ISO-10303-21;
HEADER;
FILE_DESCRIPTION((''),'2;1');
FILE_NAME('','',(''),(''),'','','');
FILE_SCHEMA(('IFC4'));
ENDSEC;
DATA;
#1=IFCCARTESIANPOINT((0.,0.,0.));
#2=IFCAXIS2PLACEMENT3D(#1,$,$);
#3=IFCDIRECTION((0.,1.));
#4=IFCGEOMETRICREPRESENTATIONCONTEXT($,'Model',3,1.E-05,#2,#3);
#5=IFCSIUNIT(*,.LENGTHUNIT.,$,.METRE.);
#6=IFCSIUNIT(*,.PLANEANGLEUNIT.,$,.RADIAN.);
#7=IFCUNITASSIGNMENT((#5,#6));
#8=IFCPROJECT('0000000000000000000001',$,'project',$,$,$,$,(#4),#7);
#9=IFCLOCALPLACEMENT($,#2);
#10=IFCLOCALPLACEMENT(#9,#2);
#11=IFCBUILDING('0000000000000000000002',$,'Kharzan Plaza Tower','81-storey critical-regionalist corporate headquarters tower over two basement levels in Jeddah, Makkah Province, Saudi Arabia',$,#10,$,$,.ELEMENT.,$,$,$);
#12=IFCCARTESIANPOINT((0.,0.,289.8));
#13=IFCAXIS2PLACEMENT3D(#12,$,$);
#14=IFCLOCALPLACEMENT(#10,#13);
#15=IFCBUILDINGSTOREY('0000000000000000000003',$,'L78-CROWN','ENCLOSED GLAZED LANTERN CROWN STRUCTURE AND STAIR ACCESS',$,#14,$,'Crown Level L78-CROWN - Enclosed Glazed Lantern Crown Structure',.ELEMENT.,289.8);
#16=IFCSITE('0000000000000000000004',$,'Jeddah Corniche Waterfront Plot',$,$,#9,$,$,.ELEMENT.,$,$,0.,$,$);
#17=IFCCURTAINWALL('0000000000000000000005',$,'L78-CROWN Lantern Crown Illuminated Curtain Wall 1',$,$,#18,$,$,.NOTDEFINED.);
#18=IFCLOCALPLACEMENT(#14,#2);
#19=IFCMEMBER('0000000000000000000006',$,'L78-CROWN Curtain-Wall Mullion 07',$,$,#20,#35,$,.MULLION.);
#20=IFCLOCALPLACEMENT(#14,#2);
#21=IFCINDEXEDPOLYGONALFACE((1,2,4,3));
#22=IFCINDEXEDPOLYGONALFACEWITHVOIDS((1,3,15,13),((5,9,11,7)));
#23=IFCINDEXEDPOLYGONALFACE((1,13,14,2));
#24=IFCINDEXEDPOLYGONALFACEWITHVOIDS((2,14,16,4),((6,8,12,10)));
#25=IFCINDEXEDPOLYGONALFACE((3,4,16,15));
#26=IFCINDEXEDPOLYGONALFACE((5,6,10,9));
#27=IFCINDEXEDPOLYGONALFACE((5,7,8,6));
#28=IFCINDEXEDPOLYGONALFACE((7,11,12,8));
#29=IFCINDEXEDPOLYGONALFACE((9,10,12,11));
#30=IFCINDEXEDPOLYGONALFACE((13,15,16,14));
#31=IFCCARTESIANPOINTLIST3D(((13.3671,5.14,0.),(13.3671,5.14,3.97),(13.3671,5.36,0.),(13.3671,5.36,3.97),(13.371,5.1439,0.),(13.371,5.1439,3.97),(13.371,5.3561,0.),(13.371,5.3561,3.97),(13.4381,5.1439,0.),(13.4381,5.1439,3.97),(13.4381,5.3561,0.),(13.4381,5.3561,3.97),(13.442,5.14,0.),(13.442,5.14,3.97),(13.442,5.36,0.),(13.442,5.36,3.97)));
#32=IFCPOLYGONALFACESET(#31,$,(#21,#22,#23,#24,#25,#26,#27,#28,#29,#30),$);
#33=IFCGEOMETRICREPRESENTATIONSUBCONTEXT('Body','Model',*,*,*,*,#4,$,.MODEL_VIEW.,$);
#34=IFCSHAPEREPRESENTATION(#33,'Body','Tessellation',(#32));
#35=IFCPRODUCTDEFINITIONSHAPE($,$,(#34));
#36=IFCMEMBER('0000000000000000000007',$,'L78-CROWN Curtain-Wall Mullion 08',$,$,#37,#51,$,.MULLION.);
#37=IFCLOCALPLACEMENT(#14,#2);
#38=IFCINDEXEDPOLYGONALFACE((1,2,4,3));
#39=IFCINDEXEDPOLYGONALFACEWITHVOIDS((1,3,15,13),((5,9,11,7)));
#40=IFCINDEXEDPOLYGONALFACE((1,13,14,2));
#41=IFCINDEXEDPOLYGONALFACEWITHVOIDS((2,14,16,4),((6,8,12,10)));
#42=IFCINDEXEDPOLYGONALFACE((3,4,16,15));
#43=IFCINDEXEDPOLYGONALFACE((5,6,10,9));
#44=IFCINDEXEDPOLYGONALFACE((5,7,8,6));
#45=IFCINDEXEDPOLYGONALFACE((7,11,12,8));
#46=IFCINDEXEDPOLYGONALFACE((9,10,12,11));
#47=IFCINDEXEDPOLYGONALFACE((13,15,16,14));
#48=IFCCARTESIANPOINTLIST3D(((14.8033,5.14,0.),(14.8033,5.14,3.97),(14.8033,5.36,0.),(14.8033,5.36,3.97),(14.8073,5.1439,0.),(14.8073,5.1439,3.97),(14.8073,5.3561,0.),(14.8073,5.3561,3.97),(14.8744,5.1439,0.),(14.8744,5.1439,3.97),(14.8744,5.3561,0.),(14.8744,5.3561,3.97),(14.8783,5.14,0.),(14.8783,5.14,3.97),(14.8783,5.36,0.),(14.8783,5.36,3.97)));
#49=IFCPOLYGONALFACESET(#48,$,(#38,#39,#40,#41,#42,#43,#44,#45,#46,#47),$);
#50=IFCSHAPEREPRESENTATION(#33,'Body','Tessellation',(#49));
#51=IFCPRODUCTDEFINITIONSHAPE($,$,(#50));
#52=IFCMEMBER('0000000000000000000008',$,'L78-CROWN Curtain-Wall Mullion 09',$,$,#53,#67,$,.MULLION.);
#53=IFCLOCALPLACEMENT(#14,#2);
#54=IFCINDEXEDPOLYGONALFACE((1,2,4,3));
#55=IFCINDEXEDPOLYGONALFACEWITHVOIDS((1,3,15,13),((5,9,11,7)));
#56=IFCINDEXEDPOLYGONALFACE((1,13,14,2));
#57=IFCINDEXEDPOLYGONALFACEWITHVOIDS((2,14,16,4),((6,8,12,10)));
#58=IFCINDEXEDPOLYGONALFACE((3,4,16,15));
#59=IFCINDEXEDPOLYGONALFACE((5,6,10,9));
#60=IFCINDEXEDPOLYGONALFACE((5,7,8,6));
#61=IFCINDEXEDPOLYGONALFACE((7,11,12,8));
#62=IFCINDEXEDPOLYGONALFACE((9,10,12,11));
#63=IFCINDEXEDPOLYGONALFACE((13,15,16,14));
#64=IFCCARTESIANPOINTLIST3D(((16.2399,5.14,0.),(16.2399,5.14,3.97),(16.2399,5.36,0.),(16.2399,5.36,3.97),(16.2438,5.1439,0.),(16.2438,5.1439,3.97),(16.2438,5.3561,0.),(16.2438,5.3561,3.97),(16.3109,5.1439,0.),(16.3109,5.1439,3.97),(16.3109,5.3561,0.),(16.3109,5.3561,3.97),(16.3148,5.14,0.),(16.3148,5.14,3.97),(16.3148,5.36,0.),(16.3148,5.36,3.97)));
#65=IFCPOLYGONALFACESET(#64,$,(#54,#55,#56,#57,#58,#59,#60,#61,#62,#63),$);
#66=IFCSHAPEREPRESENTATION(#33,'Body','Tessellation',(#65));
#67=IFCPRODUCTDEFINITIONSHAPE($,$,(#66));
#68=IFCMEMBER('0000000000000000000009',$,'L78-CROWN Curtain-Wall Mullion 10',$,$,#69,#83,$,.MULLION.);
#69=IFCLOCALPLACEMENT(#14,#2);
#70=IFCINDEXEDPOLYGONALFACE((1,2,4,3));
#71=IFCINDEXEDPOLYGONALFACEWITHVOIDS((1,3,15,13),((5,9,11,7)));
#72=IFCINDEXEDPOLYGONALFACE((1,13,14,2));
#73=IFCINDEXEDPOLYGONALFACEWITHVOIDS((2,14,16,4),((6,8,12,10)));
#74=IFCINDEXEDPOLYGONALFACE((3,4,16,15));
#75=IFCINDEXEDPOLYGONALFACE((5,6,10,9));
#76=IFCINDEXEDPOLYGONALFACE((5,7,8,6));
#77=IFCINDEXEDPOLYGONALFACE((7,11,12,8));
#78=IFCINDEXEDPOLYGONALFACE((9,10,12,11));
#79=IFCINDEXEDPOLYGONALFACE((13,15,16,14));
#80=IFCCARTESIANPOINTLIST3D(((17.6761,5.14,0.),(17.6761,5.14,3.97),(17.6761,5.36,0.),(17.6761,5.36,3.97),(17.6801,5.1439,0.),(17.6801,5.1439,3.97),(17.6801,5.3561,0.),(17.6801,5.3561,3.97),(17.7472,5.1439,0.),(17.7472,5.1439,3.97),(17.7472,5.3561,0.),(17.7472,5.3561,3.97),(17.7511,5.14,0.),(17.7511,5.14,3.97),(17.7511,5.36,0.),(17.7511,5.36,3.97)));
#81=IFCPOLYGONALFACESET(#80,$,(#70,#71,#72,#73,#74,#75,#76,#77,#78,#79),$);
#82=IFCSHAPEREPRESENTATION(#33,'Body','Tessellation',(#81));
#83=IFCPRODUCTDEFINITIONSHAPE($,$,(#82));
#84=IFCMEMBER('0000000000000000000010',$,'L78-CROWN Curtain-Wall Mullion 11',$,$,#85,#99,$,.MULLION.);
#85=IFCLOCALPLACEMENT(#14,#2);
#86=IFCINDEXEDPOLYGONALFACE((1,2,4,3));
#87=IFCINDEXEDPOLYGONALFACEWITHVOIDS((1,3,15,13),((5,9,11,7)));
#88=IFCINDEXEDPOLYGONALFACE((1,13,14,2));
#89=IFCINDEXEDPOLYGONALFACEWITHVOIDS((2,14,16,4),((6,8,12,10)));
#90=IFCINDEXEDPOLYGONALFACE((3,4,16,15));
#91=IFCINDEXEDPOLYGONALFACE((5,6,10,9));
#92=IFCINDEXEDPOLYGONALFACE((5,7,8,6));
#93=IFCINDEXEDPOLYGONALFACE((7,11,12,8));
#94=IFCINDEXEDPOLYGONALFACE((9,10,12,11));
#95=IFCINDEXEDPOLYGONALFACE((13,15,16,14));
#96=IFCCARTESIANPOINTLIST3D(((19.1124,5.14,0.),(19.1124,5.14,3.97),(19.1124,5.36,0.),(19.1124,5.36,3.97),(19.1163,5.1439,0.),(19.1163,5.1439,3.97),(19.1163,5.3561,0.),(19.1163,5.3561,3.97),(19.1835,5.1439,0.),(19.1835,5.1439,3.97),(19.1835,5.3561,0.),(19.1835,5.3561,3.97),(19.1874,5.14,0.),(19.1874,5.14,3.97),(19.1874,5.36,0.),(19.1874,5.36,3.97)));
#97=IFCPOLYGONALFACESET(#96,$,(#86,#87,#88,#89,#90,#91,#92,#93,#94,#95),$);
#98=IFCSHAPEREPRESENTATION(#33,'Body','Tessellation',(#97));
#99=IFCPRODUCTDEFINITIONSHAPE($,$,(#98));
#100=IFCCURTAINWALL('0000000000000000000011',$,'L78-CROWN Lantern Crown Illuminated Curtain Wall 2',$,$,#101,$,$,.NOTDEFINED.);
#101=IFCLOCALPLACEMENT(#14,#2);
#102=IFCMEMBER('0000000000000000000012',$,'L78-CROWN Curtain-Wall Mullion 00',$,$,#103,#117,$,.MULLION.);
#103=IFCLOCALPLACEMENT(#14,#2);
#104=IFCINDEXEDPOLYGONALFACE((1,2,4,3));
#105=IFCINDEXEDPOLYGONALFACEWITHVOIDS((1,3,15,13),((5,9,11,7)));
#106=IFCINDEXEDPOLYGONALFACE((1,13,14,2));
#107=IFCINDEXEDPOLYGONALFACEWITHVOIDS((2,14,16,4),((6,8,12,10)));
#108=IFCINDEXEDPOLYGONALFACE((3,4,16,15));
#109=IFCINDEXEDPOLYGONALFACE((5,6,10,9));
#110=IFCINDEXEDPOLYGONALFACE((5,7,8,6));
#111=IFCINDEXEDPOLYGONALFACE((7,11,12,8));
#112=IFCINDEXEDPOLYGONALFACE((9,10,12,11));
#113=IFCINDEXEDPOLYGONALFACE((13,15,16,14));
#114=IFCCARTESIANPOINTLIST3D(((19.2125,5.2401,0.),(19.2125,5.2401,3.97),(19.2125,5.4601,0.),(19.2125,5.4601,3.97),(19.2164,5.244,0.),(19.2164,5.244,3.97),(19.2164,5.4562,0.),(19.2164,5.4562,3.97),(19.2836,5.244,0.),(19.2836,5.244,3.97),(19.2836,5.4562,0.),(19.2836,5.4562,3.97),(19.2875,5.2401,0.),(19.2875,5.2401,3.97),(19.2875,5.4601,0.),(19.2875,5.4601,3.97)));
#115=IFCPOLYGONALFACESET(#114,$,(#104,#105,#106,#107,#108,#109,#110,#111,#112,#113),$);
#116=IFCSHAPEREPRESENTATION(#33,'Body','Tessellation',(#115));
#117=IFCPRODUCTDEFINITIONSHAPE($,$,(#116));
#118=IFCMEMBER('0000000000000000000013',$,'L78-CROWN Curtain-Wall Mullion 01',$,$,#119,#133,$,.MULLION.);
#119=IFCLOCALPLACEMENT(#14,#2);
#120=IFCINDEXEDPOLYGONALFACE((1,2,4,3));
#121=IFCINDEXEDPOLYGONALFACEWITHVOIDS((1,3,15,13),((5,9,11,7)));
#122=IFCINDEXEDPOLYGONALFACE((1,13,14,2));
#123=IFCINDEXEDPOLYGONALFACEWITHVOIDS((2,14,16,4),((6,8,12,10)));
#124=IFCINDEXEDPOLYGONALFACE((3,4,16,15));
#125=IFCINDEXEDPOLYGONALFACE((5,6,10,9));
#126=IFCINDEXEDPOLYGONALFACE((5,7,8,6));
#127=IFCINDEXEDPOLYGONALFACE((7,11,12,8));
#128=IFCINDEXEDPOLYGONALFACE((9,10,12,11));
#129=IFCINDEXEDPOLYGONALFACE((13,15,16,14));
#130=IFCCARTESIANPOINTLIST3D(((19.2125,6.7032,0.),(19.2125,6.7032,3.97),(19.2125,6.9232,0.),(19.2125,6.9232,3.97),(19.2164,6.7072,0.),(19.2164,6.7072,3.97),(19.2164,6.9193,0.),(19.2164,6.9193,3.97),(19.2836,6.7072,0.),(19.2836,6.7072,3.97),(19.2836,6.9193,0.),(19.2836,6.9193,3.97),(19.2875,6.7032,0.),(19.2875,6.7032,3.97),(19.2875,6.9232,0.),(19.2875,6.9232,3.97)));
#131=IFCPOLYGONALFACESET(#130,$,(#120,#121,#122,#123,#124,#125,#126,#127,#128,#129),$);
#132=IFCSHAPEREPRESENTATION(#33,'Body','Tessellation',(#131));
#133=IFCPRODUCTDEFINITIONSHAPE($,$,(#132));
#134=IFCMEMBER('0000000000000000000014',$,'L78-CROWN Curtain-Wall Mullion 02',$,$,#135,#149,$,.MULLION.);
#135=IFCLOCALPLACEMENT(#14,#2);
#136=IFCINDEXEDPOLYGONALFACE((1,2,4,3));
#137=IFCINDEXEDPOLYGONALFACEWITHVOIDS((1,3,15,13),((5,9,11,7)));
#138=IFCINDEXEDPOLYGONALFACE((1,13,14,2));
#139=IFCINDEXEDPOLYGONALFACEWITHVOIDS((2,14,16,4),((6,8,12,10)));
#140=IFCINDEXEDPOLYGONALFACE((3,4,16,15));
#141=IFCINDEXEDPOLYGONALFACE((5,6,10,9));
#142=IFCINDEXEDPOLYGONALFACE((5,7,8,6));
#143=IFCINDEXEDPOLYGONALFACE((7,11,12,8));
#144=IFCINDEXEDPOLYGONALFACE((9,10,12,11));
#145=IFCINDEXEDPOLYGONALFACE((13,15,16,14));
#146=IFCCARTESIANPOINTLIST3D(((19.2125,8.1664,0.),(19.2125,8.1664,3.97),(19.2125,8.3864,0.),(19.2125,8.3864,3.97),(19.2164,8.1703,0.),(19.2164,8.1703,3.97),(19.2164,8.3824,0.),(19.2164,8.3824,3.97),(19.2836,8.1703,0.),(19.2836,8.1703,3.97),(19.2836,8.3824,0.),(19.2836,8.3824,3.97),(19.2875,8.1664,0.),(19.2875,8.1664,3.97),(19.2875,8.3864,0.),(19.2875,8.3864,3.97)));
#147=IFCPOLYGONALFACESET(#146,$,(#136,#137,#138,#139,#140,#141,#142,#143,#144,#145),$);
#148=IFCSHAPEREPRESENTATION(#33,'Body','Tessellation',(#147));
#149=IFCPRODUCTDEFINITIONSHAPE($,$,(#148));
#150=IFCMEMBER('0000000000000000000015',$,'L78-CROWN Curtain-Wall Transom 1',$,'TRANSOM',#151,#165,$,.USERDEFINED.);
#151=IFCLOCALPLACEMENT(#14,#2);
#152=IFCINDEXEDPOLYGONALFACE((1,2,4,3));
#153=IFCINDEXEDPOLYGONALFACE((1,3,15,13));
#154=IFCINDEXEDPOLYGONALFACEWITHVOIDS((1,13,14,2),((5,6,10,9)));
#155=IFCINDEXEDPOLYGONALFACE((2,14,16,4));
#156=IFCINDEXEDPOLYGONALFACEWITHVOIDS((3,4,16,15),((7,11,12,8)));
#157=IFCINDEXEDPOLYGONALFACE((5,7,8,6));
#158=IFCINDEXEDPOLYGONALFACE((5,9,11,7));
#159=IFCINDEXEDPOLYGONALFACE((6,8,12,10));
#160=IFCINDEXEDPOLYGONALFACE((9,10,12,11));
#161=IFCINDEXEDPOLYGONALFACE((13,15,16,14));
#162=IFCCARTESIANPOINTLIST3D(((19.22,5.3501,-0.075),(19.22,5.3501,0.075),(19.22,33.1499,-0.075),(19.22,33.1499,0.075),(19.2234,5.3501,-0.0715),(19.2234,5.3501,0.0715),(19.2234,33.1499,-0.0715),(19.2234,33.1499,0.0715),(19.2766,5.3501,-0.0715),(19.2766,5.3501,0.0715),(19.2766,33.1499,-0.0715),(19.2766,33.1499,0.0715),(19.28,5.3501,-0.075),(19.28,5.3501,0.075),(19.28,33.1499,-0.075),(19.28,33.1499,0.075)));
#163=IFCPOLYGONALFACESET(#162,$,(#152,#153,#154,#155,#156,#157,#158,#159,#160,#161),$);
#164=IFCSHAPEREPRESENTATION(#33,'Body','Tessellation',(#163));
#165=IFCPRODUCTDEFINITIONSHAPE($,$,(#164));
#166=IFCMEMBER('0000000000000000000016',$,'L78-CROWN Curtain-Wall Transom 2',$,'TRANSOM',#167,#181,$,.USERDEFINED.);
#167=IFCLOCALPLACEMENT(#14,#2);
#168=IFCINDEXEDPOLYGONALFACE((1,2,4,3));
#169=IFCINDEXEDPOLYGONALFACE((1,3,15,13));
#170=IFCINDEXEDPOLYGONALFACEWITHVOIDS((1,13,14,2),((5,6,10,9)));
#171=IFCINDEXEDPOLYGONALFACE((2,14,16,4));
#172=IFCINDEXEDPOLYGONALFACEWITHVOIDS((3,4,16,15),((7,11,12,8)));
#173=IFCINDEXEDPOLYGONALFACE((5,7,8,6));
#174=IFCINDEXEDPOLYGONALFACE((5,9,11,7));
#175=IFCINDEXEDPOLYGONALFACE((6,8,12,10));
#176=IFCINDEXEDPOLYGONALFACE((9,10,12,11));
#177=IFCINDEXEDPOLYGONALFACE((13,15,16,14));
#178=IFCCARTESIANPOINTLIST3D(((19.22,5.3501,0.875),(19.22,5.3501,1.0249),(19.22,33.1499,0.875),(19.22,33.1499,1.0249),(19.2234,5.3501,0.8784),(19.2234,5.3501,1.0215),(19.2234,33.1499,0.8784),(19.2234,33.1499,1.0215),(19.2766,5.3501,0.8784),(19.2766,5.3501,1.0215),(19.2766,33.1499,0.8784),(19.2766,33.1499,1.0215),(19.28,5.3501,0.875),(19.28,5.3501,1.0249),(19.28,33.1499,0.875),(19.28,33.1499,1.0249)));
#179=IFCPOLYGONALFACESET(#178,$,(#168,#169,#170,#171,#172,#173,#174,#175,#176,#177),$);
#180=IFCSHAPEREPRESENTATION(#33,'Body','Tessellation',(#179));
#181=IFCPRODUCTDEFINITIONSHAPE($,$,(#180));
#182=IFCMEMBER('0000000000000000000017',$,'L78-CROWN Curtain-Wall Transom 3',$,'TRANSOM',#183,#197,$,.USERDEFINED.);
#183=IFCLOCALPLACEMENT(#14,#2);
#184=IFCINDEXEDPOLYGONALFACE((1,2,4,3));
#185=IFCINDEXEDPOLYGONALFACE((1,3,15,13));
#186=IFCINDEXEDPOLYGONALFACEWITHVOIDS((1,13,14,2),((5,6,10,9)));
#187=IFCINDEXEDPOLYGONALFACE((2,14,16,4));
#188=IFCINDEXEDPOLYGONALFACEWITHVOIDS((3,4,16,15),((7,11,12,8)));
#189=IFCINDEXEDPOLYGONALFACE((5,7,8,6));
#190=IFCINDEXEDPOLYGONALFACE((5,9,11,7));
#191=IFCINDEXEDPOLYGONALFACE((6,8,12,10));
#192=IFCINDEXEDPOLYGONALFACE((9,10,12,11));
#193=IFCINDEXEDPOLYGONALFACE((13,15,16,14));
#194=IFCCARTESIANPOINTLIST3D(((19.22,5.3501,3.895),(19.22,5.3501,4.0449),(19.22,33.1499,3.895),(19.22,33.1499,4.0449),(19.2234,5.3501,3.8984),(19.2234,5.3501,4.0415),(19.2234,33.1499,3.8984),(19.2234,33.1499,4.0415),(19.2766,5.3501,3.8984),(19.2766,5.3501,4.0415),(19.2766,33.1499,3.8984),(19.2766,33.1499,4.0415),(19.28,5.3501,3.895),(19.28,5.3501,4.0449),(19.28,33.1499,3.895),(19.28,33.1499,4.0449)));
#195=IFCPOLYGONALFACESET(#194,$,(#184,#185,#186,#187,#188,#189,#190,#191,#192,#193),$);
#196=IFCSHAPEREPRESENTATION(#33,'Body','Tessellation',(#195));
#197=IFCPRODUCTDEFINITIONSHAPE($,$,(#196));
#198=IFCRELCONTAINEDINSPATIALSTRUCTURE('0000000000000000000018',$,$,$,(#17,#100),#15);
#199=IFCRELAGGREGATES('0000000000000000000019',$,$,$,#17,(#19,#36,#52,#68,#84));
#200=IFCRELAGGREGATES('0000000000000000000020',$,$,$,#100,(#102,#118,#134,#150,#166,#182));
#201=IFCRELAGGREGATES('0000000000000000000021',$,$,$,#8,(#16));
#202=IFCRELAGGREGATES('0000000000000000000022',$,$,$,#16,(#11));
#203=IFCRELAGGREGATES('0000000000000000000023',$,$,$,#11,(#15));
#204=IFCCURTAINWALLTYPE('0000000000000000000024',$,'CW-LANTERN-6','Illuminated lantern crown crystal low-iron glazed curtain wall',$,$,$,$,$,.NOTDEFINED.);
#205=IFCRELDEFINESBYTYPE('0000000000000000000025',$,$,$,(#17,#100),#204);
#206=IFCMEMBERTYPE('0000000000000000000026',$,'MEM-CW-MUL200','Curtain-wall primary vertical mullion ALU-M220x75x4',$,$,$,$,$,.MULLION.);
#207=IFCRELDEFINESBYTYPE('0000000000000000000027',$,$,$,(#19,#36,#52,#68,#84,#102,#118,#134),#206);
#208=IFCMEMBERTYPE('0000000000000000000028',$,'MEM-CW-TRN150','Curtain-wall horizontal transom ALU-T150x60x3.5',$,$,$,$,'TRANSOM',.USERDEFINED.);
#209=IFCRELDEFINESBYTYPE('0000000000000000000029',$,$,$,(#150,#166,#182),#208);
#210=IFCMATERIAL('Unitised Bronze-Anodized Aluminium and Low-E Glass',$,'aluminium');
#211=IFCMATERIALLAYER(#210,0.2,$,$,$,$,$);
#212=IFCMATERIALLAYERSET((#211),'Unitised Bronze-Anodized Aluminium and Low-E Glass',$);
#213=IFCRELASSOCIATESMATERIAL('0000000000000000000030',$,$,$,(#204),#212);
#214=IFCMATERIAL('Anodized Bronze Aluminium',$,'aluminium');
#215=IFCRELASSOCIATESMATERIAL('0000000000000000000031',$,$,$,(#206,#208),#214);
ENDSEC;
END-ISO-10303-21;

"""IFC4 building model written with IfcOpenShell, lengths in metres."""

from ifc_helpers import new_model, si_unit, direction, frame, origin, origin_2d, place, context, subcontext, project, spatial, hollow_rectangle, extrude, source, transform, mapped, material, layer, layer_set, material_profile, profile_set, type_object, element, aggregate, save


model = new_model("IFC4")

# Units and contexts
model_context = context("Model", 3, precision=1e-05, world=origin(), true_north=direction((0.0, 1.0)))
body_context = subcontext(model_context, "Body", "Model", "MODEL_VIEW")
ifc_project = project(units=[si_unit("LENGTHUNIT", "METRE"), si_unit("PLANEANGLEUNIT", "RADIAN")], contexts=[model_context])

# Site, building, storey
site_placement = place(None, origin())
site = spatial("IfcSite", under=ifc_project, at=site_placement, Name="Jeddah Corniche Waterfront Plot", CompositionType="ELEMENT", RefElevation=0.0)
building_placement = place(site_placement, origin())
building = spatial("IfcBuilding", under=site, at=building_placement, Name="Kharzan Plaza Tower", Description="81-storey critical-regionalist corporate headquarters tower over two basement levels in Jeddah, Makkah Province, Saudi Arabia", CompositionType="ELEMENT")
storey_placement = place(building_placement, frame((0.0, 0.0, 289.8)))
storey = spatial("IfcBuildingStorey", under=building, at=storey_placement, Name="L78-CROWN", Description="ENCLOSED GLAZED LANTERN CROWN STRUCTURE AND STAIR ACCESS", LongName="Crown Level L78-CROWN - Enclosed Glazed Lantern Crown Structure", CompositionType="ELEMENT", Elevation=289.8)

# Curtain walls, members
ifc_material_1 = material(Name="Unitised Bronze-Anodized Aluminium and Low-E Glass", Category="aluminium")
ifc_layer_1 = layer(ifc_material_1, 0.2)
ifc_layer_set_1 = layer_set([ifc_layer_1], Name="Unitised Bronze-Anodized Aluminium and Low-E Glass")
curtain_wall_type = type_object("IfcCurtainWallType", Name="CW-LANTERN-6", Description="Illuminated lantern crown crystal low-iron glazed curtain wall", PredefinedType="NOTDEFINED", material=ifc_layer_set_1)
curtain_wall_1_placement = place(storey_placement, origin())
curtain_wall_1 = element("IfcCurtainWall", 1, at=curtain_wall_1_placement, inside=storey, type_object=curtain_wall_type, Name="L78-CROWN Lantern Crown Illuminated Curtain Wall 1", PredefinedType="NOTDEFINED")
ifc_material_2 = material(Name="Anodized Bronze Aluminium", Category="aluminium")
ifc_material_profile_1 = material_profile(ifc_material_2, hollow_rectangle(XDim=0.075, YDim=0.22, WallThickness=0.0039, at=origin_2d()), Name="ALU-M220x75x4")
ifc_profile_set_1 = profile_set([ifc_material_profile_1], Name="Anodized Bronze Aluminium")
member_type_1 = type_object("IfcMemberType", Name="MEM-CW-MUL200", Description="Curtain-wall primary vertical mullion ALU-M220x75x4", PredefinedType="MULLION", material=ifc_profile_set_1)
shared_shape_1 = source(origin(), body_context, "Body", "SweptSolid", [
    extrude(hollow_rectangle(XDim=0.075, YDim=0.22, WallThickness=0.0039, at=origin_2d()), origin(), (0.0, 0.0, 1.0), 3.97),
])
member_1_placement = place(storey_placement, frame((13.4045, 5.25, 0.0), z_axis=(0.0, 0.0, 1.0), x_axis=(1.0, 0.0, 0.0)))
member_1 = element("IfcMember", 2, at=member_1_placement, type_object=member_type_1, Name="L78-CROWN Curtain-Wall Mullion 07", PredefinedType="MULLION", context=body_context, shape_type="MappedRepresentation", body=[
    mapped(shared_shape_1, transform((0.0, 0.0, 0.0), x_axis=(1.0, 0.0, 0.0), y_axis=(0.0, 1.0, 0.0), z_axis=(0.0, 0.0, 1.0))),
])
member_2_placement = place(storey_placement, frame((14.8408, 5.25, 0.0), z_axis=(0.0, 0.0, 1.0), x_axis=(1.0, 0.0, 0.0)))
member_2 = element("IfcMember", 3, at=member_2_placement, type_object=member_type_1, Name="L78-CROWN Curtain-Wall Mullion 08", PredefinedType="MULLION", context=body_context, shape_type="MappedRepresentation", body=[
    mapped(shared_shape_1, transform((0.0, 0.0, 0.0), x_axis=(1.0, 0.0, 0.0), y_axis=(0.0, 1.0, 0.0), z_axis=(0.0, 0.0, 1.0))),
])
member_3_placement = place(storey_placement, frame((16.2773, 5.25, 0.0), z_axis=(0.0, 0.0, 1.0), x_axis=(1.0, 0.0, 0.0)))
member_3 = element("IfcMember", 4, at=member_3_placement, type_object=member_type_1, Name="L78-CROWN Curtain-Wall Mullion 09", PredefinedType="MULLION", context=body_context, shape_type="MappedRepresentation", body=[
    mapped(shared_shape_1, transform((0.0, 0.0, 0.0), x_axis=(1.0, 0.0, 0.0), y_axis=(0.0, 1.0, 0.0), z_axis=(0.0, 0.0, 1.0))),
])
member_4_placement = place(storey_placement, frame((17.7136, 5.25, 0.0), z_axis=(0.0, 0.0, 1.0), x_axis=(1.0, 0.0, 0.0)))
member_4 = element("IfcMember", 5, at=member_4_placement, type_object=member_type_1, Name="L78-CROWN Curtain-Wall Mullion 10", PredefinedType="MULLION", context=body_context, shape_type="MappedRepresentation", body=[
    mapped(shared_shape_1, transform((0.0, 0.0, 0.0), x_axis=(1.0, 0.0, 0.0), y_axis=(0.0, 1.0, 0.0), z_axis=(0.0, 0.0, 1.0))),
])
member_5_placement = place(storey_placement, frame((19.1499, 5.25, 0.0), z_axis=(0.0, 0.0, 1.0), x_axis=(1.0, 0.0, 0.0)))
member_5 = element("IfcMember", 6, at=member_5_placement, type_object=member_type_1, Name="L78-CROWN Curtain-Wall Mullion 11", PredefinedType="MULLION", context=body_context, shape_type="MappedRepresentation", body=[
    mapped(shared_shape_1, transform((0.0, 0.0, 0.0), x_axis=(1.0, 0.0, 0.0), y_axis=(0.0, 1.0, 0.0), z_axis=(0.0, 0.0, 1.0))),
])
curtain_wall_2_placement = place(storey_placement, origin())
curtain_wall_2 = element("IfcCurtainWall", 7, at=curtain_wall_2_placement, inside=storey, type_object=curtain_wall_type, Name="L78-CROWN Lantern Crown Illuminated Curtain Wall 2", PredefinedType="NOTDEFINED")
member_6_placement = place(storey_placement, frame((19.25, 5.3501, 0.0), z_axis=(0.0, 0.0, 1.0), x_axis=(1.0, 0.0, 0.0)))
member_6 = element("IfcMember", 8, at=member_6_placement, type_object=member_type_1, Name="L78-CROWN Curtain-Wall Mullion 00", PredefinedType="MULLION", context=body_context, shape_type="MappedRepresentation", body=[
    mapped(shared_shape_1, transform((0.0, 0.0, 0.0), x_axis=(1.0, 0.0, 0.0), y_axis=(0.0, 1.0, 0.0), z_axis=(0.0, 0.0, 1.0))),
])
member_7_placement = place(storey_placement, frame((19.25, 6.8132, 0.0), z_axis=(0.0, 0.0, 1.0), x_axis=(1.0, 0.0, 0.0)))
member_7 = element("IfcMember", 9, at=member_7_placement, type_object=member_type_1, Name="L78-CROWN Curtain-Wall Mullion 01", PredefinedType="MULLION", context=body_context, shape_type="MappedRepresentation", body=[
    mapped(shared_shape_1, transform((0.0, 0.0, 0.0), x_axis=(1.0, 0.0, 0.0), y_axis=(0.0, 1.0, 0.0), z_axis=(0.0, 0.0, 1.0))),
])
member_8_placement = place(storey_placement, frame((19.25, 8.2764, 0.0), z_axis=(0.0, 0.0, 1.0), x_axis=(1.0, 0.0, 0.0)))
member_8 = element("IfcMember", 10, at=member_8_placement, type_object=member_type_1, Name="L78-CROWN Curtain-Wall Mullion 02", PredefinedType="MULLION", context=body_context, shape_type="MappedRepresentation", body=[
    mapped(shared_shape_1, transform((0.0, 0.0, 0.0), x_axis=(1.0, 0.0, 0.0), y_axis=(0.0, 1.0, 0.0), z_axis=(0.0, 0.0, 1.0))),
])
ifc_material_profile_2 = material_profile(ifc_material_2, hollow_rectangle(XDim=0.0601, YDim=0.1499, WallThickness=0.0034, at=origin_2d()), Name="ALU-T150x60x3.5")
ifc_profile_set_2 = profile_set([ifc_material_profile_2], Name="Anodized Bronze Aluminium")
member_type_2 = type_object("IfcMemberType", Name="MEM-CW-TRN150", Description="Curtain-wall horizontal transom ALU-T150x60x3.5", ElementType="TRANSOM", PredefinedType="USERDEFINED", material=ifc_profile_set_2)
shared_shape_2 = source(origin(), body_context, "Body", "SweptSolid", [
    extrude(hollow_rectangle(XDim=0.0601, YDim=0.1499, WallThickness=0.0034, at=origin_2d()), origin(), (0.0, 0.0, 1.0), 27.7998),
])
member_9_placement = place(storey_placement, frame((19.25, 5.3501, 0.0), z_axis=(0.0, 1.0, 0.0), x_axis=(-1.0, 0.0, 0.0)))
member_9 = element("IfcMember", 11, at=member_9_placement, type_object=member_type_2, Name="L78-CROWN Curtain-Wall Transom 1", ObjectType="TRANSOM", PredefinedType="USERDEFINED", context=body_context, shape_type="MappedRepresentation", body=[
    mapped(shared_shape_2, transform((0.0, 0.0, 0.0), x_axis=(1.0, 0.0, 0.0), y_axis=(0.0, 1.0, 0.0), z_axis=(0.0, 0.0, 1.0))),
])
member_10_placement = place(storey_placement, frame((19.25, 5.3501, 0.95), z_axis=(0.0, 1.0, 0.0), x_axis=(-1.0, 0.0, 0.0)))
member_10 = element("IfcMember", 12, at=member_10_placement, type_object=member_type_2, Name="L78-CROWN Curtain-Wall Transom 2", ObjectType="TRANSOM", PredefinedType="USERDEFINED", context=body_context, shape_type="MappedRepresentation", body=[
    mapped(shared_shape_2, transform((0.0, 0.0, 0.0), x_axis=(1.0, 0.0, 0.0), y_axis=(0.0, 1.0, 0.0), z_axis=(0.0, 0.0, 1.0))),
])
member_11_placement = place(storey_placement, frame((19.25, 5.3501, 3.97), z_axis=(0.0, 1.0, 0.0), x_axis=(-1.0, 0.0, 0.0)))
member_11 = element("IfcMember", 13, at=member_11_placement, type_object=member_type_2, Name="L78-CROWN Curtain-Wall Transom 3", ObjectType="TRANSOM", PredefinedType="USERDEFINED", context=body_context, shape_type="MappedRepresentation", body=[
    mapped(shared_shape_2, transform((0.0, 0.0, 0.0), x_axis=(1.0, 0.0, 0.0), y_axis=(0.0, 1.0, 0.0), z_axis=(0.0, 0.0, 1.0))),
])

aggregate(curtain_wall_1, [member_1, member_2, member_3, member_4, member_5])
aggregate(curtain_wall_2, [member_6, member_7, member_8, member_9, member_10, member_11])

save(model, "model.ifc")
